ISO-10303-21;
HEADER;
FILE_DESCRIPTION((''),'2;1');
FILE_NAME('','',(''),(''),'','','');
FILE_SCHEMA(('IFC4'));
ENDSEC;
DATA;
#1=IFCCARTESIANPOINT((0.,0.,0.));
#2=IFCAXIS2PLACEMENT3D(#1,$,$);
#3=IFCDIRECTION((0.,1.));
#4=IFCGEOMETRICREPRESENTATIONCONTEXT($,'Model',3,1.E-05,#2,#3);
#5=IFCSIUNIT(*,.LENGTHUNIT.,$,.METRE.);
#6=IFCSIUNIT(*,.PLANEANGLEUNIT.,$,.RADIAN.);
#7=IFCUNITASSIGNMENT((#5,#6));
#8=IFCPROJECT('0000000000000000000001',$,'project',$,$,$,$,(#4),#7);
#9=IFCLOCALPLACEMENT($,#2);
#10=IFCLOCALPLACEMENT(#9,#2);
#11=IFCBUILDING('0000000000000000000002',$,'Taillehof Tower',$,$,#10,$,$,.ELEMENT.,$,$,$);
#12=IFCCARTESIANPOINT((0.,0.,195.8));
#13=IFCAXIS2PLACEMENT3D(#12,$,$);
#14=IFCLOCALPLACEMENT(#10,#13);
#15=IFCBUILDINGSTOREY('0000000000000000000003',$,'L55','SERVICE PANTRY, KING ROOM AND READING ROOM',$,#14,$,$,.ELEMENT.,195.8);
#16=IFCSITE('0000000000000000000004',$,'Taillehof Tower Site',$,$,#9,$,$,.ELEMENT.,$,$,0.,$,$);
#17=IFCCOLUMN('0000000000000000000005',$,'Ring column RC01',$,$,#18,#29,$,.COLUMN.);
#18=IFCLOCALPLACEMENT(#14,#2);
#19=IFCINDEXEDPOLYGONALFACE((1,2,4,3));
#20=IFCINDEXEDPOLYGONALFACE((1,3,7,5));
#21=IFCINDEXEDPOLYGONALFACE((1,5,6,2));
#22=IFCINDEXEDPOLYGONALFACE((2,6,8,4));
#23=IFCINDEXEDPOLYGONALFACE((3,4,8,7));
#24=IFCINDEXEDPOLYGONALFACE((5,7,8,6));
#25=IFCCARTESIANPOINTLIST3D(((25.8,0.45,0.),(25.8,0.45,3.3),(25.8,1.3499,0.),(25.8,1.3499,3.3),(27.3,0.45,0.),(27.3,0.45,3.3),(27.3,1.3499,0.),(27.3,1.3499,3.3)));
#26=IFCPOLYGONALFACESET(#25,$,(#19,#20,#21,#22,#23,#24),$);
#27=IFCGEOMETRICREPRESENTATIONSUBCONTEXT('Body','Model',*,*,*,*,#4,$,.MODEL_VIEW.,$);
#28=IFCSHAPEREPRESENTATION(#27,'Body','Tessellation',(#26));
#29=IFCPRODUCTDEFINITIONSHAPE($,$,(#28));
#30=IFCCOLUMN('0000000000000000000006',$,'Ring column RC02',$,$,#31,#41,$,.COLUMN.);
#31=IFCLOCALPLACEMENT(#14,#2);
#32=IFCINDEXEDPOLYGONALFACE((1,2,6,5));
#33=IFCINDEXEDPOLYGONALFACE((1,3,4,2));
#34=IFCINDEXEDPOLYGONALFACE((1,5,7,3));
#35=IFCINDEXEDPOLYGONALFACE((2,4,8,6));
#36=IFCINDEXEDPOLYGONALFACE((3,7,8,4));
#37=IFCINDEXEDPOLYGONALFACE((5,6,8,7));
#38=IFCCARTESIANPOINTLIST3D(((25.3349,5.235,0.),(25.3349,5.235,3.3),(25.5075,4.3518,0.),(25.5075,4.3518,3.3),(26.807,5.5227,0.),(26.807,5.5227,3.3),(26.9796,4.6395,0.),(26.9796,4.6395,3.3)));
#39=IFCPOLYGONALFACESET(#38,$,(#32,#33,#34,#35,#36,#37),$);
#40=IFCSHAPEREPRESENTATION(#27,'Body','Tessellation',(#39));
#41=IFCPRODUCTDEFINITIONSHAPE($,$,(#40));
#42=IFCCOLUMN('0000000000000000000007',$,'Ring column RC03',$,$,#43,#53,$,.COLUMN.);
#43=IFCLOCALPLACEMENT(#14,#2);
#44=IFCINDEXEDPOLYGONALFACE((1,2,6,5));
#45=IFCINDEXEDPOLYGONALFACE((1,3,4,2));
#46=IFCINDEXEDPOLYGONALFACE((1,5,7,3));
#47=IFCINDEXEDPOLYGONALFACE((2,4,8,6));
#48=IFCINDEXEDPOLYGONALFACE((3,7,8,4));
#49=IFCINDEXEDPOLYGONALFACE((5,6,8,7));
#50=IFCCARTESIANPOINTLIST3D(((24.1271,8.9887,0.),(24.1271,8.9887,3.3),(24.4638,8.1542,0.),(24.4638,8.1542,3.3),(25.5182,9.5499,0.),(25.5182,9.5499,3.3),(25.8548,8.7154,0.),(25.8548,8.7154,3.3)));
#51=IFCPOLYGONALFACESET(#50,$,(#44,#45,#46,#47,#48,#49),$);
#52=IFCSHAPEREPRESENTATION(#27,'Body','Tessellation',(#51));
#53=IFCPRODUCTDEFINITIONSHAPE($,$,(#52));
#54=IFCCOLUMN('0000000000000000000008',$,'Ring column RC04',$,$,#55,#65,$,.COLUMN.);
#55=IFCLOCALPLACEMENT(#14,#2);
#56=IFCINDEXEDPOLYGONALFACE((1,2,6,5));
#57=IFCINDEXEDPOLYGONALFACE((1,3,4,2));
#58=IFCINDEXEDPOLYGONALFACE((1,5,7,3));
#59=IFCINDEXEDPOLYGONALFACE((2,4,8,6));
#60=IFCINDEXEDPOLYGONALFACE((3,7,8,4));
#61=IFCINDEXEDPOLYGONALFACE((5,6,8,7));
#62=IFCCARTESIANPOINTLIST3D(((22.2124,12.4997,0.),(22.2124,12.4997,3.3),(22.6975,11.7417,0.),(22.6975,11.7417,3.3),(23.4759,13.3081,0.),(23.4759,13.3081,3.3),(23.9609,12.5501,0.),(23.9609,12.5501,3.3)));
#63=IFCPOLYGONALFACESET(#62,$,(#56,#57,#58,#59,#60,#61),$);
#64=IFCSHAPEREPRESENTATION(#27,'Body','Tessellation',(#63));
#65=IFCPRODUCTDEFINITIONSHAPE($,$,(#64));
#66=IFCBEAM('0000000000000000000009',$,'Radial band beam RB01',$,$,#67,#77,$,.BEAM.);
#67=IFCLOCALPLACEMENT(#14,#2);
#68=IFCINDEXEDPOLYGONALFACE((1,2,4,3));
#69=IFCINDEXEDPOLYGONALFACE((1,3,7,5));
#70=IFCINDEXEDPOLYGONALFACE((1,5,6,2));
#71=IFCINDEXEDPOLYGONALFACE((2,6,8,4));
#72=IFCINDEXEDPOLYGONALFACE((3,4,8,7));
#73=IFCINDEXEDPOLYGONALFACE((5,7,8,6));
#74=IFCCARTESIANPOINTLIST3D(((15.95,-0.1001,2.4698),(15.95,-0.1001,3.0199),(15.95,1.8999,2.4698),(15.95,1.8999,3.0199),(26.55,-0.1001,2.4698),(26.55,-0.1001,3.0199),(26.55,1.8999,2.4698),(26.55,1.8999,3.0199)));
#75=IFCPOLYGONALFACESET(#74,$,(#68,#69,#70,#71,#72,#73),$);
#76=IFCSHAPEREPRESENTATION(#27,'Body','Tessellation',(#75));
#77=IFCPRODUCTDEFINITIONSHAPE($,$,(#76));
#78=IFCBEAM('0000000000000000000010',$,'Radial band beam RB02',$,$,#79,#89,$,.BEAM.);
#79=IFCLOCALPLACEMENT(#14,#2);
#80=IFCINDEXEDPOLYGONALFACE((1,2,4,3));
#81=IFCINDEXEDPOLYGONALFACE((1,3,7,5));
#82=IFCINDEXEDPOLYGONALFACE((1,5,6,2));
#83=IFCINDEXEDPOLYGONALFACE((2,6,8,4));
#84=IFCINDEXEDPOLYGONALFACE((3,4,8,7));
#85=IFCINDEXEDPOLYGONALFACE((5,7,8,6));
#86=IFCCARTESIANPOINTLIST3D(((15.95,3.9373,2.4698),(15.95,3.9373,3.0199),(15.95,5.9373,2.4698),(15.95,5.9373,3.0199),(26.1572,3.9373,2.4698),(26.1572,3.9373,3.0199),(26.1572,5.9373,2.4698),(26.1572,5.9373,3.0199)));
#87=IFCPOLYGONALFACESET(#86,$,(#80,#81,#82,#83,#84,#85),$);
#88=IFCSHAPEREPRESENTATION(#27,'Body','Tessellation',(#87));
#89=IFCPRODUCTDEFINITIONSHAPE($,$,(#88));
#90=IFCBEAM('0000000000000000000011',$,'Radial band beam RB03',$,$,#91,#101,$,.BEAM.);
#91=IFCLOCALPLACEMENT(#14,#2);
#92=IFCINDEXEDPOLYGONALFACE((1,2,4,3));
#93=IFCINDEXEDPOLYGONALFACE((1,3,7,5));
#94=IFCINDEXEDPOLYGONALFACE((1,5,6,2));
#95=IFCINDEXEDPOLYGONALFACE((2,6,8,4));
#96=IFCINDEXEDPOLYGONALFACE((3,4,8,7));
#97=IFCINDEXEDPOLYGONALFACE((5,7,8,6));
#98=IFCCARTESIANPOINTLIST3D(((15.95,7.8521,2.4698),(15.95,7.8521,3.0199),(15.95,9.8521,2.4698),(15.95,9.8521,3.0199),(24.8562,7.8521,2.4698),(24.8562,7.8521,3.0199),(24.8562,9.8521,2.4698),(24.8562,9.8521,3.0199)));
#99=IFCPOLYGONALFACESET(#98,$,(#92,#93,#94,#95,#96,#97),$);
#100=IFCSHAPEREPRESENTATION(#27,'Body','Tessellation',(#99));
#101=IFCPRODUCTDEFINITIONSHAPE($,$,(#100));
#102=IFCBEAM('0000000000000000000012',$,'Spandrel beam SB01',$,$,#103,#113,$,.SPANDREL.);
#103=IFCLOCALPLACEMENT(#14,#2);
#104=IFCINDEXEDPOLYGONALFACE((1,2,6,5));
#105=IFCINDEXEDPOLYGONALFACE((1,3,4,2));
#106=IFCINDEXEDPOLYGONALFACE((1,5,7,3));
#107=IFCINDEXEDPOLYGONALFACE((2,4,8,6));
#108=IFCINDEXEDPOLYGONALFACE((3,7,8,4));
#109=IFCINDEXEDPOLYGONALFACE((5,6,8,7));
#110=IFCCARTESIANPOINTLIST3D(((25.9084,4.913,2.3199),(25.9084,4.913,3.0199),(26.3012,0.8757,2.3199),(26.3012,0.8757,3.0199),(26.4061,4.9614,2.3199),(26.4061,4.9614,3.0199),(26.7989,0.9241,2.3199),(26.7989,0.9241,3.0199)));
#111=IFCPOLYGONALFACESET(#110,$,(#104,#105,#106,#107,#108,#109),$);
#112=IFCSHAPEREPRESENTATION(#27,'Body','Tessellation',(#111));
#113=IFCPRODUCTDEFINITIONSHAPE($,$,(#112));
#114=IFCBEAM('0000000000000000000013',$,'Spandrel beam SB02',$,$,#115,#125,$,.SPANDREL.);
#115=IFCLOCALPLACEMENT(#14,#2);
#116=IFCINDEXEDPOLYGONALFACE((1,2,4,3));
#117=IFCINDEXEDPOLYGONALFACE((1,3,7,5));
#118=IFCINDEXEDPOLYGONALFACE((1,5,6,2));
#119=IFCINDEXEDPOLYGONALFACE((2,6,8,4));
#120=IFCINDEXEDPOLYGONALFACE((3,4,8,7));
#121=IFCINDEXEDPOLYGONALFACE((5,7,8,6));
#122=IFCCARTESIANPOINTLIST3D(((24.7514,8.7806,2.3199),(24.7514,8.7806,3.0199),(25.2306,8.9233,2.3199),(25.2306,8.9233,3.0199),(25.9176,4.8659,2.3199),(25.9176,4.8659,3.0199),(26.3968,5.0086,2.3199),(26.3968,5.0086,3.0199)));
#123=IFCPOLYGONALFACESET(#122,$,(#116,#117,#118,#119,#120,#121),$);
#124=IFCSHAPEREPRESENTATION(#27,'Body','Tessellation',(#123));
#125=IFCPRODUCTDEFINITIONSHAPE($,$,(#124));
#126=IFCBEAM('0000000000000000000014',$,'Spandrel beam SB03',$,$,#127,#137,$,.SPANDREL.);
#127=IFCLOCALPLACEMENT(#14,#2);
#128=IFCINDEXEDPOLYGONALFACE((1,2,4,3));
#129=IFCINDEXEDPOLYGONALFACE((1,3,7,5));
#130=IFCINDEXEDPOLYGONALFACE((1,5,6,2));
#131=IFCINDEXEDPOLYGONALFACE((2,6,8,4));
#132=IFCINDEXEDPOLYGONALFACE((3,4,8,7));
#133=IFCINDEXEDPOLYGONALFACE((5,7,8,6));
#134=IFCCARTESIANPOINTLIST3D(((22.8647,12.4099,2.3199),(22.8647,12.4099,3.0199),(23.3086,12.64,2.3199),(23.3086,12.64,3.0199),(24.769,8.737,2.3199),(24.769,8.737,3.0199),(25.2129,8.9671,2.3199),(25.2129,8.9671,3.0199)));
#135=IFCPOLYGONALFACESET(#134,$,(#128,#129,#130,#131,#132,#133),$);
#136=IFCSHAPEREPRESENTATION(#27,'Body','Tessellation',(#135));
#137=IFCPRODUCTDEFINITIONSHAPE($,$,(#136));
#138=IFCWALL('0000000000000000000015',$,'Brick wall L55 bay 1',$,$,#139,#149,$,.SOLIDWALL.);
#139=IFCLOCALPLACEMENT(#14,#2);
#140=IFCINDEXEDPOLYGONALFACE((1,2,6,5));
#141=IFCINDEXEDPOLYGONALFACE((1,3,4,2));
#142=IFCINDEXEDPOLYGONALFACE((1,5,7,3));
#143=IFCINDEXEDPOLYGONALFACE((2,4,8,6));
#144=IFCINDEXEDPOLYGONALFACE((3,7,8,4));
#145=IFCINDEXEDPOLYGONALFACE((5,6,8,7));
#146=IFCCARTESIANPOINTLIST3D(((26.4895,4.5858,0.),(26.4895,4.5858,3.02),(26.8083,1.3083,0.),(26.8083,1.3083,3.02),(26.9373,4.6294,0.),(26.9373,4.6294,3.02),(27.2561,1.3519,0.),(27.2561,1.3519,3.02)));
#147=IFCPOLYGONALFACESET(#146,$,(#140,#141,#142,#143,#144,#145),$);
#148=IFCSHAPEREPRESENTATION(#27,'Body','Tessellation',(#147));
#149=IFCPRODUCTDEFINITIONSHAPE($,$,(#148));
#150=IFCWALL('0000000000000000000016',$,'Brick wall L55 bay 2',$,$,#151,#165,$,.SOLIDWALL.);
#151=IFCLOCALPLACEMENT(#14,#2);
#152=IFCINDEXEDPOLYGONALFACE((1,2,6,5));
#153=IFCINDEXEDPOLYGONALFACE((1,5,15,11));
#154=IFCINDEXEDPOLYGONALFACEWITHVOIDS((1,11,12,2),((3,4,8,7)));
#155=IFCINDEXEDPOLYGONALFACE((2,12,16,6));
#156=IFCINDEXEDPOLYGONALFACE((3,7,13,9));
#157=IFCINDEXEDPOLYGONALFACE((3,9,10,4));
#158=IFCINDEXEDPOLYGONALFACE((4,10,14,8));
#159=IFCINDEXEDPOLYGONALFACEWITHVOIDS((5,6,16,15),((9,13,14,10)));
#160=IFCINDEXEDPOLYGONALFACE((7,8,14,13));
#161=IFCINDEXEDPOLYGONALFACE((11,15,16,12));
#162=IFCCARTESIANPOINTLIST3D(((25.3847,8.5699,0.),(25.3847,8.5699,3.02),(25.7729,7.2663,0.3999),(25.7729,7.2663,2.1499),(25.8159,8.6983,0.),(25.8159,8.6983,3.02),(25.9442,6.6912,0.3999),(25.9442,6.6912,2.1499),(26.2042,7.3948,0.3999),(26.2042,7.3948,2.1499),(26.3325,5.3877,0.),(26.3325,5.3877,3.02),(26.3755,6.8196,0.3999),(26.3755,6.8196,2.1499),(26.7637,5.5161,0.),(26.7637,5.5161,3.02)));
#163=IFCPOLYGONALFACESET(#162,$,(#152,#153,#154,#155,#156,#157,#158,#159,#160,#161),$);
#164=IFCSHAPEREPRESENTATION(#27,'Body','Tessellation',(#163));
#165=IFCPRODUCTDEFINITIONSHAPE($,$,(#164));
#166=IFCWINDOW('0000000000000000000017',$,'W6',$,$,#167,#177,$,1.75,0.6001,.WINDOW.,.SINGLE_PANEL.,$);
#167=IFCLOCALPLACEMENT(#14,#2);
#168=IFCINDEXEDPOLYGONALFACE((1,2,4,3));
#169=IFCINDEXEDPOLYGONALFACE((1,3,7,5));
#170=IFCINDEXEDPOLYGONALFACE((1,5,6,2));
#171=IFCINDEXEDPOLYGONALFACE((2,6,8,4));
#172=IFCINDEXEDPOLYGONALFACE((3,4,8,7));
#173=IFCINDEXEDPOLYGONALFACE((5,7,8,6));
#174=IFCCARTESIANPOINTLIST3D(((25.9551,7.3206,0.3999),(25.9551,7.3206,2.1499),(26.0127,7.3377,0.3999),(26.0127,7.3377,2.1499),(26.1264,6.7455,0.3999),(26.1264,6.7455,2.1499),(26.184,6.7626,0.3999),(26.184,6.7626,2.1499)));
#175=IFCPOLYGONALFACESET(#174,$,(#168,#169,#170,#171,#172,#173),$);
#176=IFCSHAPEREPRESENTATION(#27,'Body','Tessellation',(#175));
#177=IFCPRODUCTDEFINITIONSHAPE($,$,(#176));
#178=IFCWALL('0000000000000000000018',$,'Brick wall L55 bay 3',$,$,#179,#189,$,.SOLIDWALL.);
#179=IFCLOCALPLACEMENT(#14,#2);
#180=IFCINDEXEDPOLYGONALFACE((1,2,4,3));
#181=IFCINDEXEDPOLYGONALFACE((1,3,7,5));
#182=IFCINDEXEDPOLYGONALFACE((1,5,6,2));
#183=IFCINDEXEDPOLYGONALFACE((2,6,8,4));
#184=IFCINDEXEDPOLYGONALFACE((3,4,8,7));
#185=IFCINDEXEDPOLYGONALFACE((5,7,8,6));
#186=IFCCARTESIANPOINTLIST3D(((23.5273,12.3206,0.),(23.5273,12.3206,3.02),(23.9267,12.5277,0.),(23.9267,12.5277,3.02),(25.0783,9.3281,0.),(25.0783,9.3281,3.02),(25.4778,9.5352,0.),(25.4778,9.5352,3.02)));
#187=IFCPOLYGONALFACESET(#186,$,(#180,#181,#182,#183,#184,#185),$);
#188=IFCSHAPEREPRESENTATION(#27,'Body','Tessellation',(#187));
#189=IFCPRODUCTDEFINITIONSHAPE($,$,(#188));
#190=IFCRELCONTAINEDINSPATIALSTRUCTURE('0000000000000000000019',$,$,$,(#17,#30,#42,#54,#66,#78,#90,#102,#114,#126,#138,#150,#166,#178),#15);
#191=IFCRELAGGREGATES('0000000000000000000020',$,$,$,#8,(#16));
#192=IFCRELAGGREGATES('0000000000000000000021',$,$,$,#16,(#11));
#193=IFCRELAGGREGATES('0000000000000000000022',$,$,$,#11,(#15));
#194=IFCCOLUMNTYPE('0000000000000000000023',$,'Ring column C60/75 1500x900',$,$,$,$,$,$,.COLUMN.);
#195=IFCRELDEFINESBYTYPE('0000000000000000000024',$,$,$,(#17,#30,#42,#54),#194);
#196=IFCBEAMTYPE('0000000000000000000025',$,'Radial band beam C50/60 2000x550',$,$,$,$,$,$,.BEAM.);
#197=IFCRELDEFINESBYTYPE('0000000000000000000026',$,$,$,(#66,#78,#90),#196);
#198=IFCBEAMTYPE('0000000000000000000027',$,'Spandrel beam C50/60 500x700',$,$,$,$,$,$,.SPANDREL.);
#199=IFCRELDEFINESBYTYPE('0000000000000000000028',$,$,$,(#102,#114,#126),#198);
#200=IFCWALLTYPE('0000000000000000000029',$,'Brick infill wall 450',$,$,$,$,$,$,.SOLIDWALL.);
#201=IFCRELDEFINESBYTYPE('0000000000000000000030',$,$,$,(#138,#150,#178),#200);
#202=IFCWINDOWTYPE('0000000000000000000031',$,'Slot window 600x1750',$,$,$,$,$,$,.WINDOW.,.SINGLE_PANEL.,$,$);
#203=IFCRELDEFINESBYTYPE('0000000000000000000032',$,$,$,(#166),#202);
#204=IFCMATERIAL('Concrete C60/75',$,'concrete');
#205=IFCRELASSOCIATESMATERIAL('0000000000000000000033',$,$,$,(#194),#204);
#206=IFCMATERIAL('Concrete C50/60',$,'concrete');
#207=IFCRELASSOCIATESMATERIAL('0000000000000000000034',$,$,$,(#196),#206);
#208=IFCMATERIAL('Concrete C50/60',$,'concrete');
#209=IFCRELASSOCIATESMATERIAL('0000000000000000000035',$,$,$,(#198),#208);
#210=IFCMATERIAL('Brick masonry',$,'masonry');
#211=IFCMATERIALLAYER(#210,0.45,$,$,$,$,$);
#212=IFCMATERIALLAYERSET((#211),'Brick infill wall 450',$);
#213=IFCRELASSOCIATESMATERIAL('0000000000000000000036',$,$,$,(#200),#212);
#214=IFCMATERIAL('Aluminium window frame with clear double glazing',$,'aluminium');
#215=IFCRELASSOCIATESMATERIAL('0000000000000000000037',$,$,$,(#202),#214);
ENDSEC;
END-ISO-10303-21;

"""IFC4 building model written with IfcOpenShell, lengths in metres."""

from ifc_helpers import new_model, si_unit, direction, frame, frame_2d, origin, origin_2d, place, context, subcontext, project, spatial, rectangle, extrude, material, layer, layer_set, material_profile, profile_set, type_object, element, fill, save


model = new_model("IFC4")

# Units and contexts
model_context = context("Model", 3, precision=1e-05, world=origin(), true_north=direction((0.0, 1.0)))
body_context = subcontext(model_context, "Body", "Model", "MODEL_VIEW")
ifc_project = project(units=[si_unit("LENGTHUNIT", "METRE"), si_unit("PLANEANGLEUNIT", "RADIAN")], contexts=[model_context])

# Site, building, storey
site_placement = place(None, origin())
site = spatial("IfcSite", under=ifc_project, at=site_placement, Name="Taillehof Tower Site", CompositionType="ELEMENT", RefElevation=0.0)
building_placement = place(site_placement, origin())
building = spatial("IfcBuilding", under=site, at=building_placement, Name="Taillehof Tower", CompositionType="ELEMENT")
storey_placement = place(building_placement, frame((0.0, 0.0, 195.8)))
storey = spatial("IfcBuildingStorey", under=building, at=storey_placement, Name="L55", Description="SERVICE PANTRY, KING ROOM AND READING ROOM", CompositionType="ELEMENT", Elevation=195.8)

# Columns
ifc_material_1 = material(Name="Concrete C60/75", Category="concrete")
ifc_material_profile_1 = material_profile(ifc_material_1, rectangle(XDim=1.5, YDim=0.8999, at=origin_2d()), Name="RC 1500x900")
ifc_profile_set_1 = profile_set([ifc_material_profile_1], Name="Concrete C60/75")
column_type = type_object("IfcColumnType", Name="Ring column C60/75 1500x900", PredefinedType="COLUMN", material=ifc_profile_set_1)
for number, where, z_axis, x_axis, name in (
    (1, (26.55, 0.8999, 0.0), (0.0, 0.0, 1.0), (1.0, 0.0, 0.0), "Ring column RC01"),
    (2, (26.1572, 4.9373, 0.0), (0.0, 0.0, 1.0), (0.981434, 0.191801, 0.0), "Ring column RC02"),
    (3, (24.991, 8.8521, 0.0), (0.0, 0.0, 1.0), (0.927385, 0.374108, 0.0), "Ring column RC03"),
    (4, (23.0867, 12.5249, 0.0), (0.0, 0.0, 1.0), (0.842311, 0.538992, 0.0), "Ring column RC04"),
):
    element("IfcColumn", number, at=place(storey_placement, frame(where, z_axis=z_axis, x_axis=x_axis)), inside=storey, type_object=column_type, Name=name, PredefinedType="COLUMN", context=body_context, shape_type="SweptSolid", body=[
        extrude(rectangle(XDim=1.5, YDim=0.8999, at=origin_2d()), origin(), (0.0, 0.0, 1.0), 3.3),
    ])

# Beams
ifc_material_2 = material(Name="Concrete C50/60", Category="concrete")
ifc_material_profile_2 = material_profile(ifc_material_2, rectangle(XDim=2.0, YDim=0.55, at=origin_2d()), Name="RC 2000x550")
ifc_profile_set_2 = profile_set([ifc_material_profile_2], Name="Concrete C50/60")
beam_type_1 = type_object("IfcBeamType", Name="Radial band beam C50/60 2000x550", PredefinedType="BEAM", material=ifc_profile_set_2)
beam_1_placement = place(storey_placement, frame((26.55, 0.8999, 2.7449), z_axis=(-1.0, 0.0, 0.0), x_axis=(0.0, -1.0, 0.0)))
element("IfcBeam", 5, at=beam_1_placement, inside=storey, type_object=beam_type_1, Name="Radial band beam RB01", PredefinedType="BEAM", context=body_context, shape_type="SweptSolid", body=[
    extrude(rectangle(XDim=2.0, YDim=0.55, at=origin_2d()), origin(), (0.0, 0.0, 1.0), 10.6001),
])
beam_2_placement = place(storey_placement, frame((26.1572, 4.9373, 2.7449), z_axis=(-1.0, 0.0, 0.0), x_axis=(0.0, -1.0, 0.0)))
element("IfcBeam", 6, at=beam_2_placement, inside=storey, type_object=beam_type_1, Name="Radial band beam RB02", PredefinedType="BEAM", context=body_context, shape_type="SweptSolid", body=[
    extrude(rectangle(XDim=2.0, YDim=0.55, at=origin_2d()), origin(), (0.0, 0.0, 1.0), 10.2073),
])
beam_3_placement = place(storey_placement, frame((24.8562, 8.8521, 2.7449), z_axis=(-1.0, 0.0, 0.0), x_axis=(0.0, -1.0, 0.0)))
element("IfcBeam", 7, at=beam_3_placement, inside=storey, type_object=beam_type_1, Name="Radial band beam RB03", PredefinedType="BEAM", context=body_context, shape_type="SweptSolid", body=[
    extrude(rectangle(XDim=2.0, YDim=0.55, at=origin_2d()), origin(), (0.0, 0.0, 1.0), 8.9062),
])
ifc_material_3 = material(Name="Concrete C50/60", Category="concrete")
ifc_material_profile_3 = material_profile(ifc_material_3, rectangle(XDim=0.5, YDim=0.7, at=origin_2d()), Name="RC 500x700")
ifc_profile_set_3 = profile_set([ifc_material_profile_3], Name="Concrete C50/60")
beam_type_2 = type_object("IfcBeamType", Name="Spandrel beam C50/60 500x700", PredefinedType="SPANDREL", material=ifc_profile_set_3)
beam_4_placement = place(storey_placement, frame((26.55, 0.8999, 2.6699), z_axis=(-0.09684, 0.9953, 0.0), x_axis=(-0.9953, -0.09684, 0.0)))
element("IfcBeam", 8, at=beam_4_placement, inside=storey, type_object=beam_type_2, Name="Spandrel beam SB01", PredefinedType="SPANDREL", context=body_context, shape_type="SweptSolid", body=[
    extrude(rectangle(XDim=0.5, YDim=0.7, at=origin_2d()), origin(), (0.0, 0.0, 1.0), 4.0564),
])
beam_5_placement = place(storey_placement, frame((26.1572, 4.9373, 2.6699), z_axis=(-0.28551, 0.958376, 0.0), x_axis=(-0.958376, -0.28551, 0.0)))
element("IfcBeam", 9, at=beam_5_placement, inside=storey, type_object=beam_type_2, Name="Spandrel beam SB02", PredefinedType="SPANDREL", context=body_context, shape_type="SweptSolid", body=[
    extrude(rectangle(XDim=0.5, YDim=0.7, at=origin_2d()), origin(), (0.0, 0.0, 1.0), 4.0847),
])
beam_6_placement = place(storey_placement, frame((24.991, 8.8521, 2.6699), z_axis=(-0.46029, 0.887769, 0.0), x_axis=(-0.887769, -0.46029, 0.0)))
element("IfcBeam", 10, at=beam_6_placement, inside=storey, type_object=beam_type_2, Name="Spandrel beam SB03", PredefinedType="SPANDREL", context=body_context, shape_type="SweptSolid", body=[
    extrude(rectangle(XDim=0.5, YDim=0.7, at=origin_2d()), origin(), (0.0, 0.0, 1.0), 4.1372),
])

# Wall
ifc_material_4 = material(Name="Brick masonry", Category="masonry")
ifc_layer_1 = layer(ifc_material_4, 0.45)
ifc_layer_set_1 = layer_set([ifc_layer_1], Name="Brick infill wall 450")
wall_type_1 = type_object("IfcWallType", Name="Brick infill wall 450", PredefinedType="SOLIDWALL", material=ifc_layer_set_1)
wall_1_placement = place(storey_placement, frame((27.0322, 1.3301, 0.0), z_axis=(0.0, 0.0, 1.0), x_axis=(-0.096824, 0.995302, 0.0)))
element("IfcWall", 11, at=wall_1_placement, inside=storey, type_object=wall_type_1, Name="Brick wall L55 bay 1", PredefinedType="SOLIDWALL", context=body_context, shape_type="SweptSolid", body=[
    extrude(rectangle(XDim=3.293, YDim=0.45, at=frame_2d((1.6465, 0.0))), origin(), (0.0, 0.0, 1.0), 3.02),
])

# Wall, opening, window
wall_2_placement = place(storey_placement, frame((26.5481, 5.4519, 0.0), z_axis=(0.0, 0.0, 1.0), x_axis=(-0.285445, 0.958395, 0.0)))
wall_2 = element("IfcWall", 12, at=wall_2_placement, inside=storey, type_object=wall_type_1, Name="Brick wall L55 bay 2", PredefinedType="SOLIDWALL", context=body_context, shape_type="SweptSolid", body=[
    extrude(rectangle(XDim=3.3203, YDim=0.45, at=frame_2d((1.6602, 0.0))), origin(), (0.0, 0.0, 1.0), 3.02),
])
opening_1_placement = place(wall_2_placement, frame((1.3601, 0.0, 0.3999)))
opening_1 = element("IfcOpeningElement", 13, at=opening_1_placement, cuts=wall_2, PredefinedType="OPENING", context=body_context, shape_type="SweptSolid", body=[
    extrude(rectangle(XDim=0.6001, YDim=1.75, at=frame_2d((0.3, 0.875))), frame((0.0, 0.2349, 0.0), z_axis=(0.0, -1.0, 0.0), x_axis=(1.0, 0.0, 0.0)), (0.0, 0.0, 1.0), 0.47),
])
ifc_material_5 = material(Name="Aluminium window frame with clear double glazing", Category="aluminium")
window_type = type_object("IfcWindowType", Name="Slot window 600x1750", PartitioningType="SINGLE_PANEL", PredefinedType="WINDOW", material=ifc_material_5)
window_placement = place(opening_1_placement, origin())
window = element("IfcWindow", 14, at=window_placement, inside=storey, type_object=window_type, Name="W6", OverallHeight=1.75, OverallWidth=0.6001, PartitioningType="SINGLE_PANEL", PredefinedType="WINDOW", context=body_context, shape_type="SweptSolid", body=[
    extrude(rectangle(XDim=0.6001, YDim=1.75, at=frame_2d((0.3, 0.875))), frame((0.0, 0.0349, 0.0), z_axis=(0.0, -1.0, 0.0), x_axis=(1.0, 0.0, 0.0)), (0.0, 0.0, 1.0), 0.0601),
])
fill(opening_1, window)

# Wall
wall_3_placement = place(storey_placement, frame((25.2781, 9.4316, 0.0), z_axis=(0.0, 0.0, 1.0), x_axis=(-0.460176, 0.887828, 0.0)))
element("IfcWall", 15, at=wall_3_placement, inside=storey, type_object=wall_type_1, Name="Brick wall L55 bay 3", PredefinedType="SOLIDWALL", context=body_context, shape_type="SweptSolid", body=[
    extrude(rectangle(XDim=3.3706, YDim=0.45, at=frame_2d((1.6853, 0.0))), origin(), (0.0, 0.0, 1.0), 3.02),
])

save(model, "model.ifc")
